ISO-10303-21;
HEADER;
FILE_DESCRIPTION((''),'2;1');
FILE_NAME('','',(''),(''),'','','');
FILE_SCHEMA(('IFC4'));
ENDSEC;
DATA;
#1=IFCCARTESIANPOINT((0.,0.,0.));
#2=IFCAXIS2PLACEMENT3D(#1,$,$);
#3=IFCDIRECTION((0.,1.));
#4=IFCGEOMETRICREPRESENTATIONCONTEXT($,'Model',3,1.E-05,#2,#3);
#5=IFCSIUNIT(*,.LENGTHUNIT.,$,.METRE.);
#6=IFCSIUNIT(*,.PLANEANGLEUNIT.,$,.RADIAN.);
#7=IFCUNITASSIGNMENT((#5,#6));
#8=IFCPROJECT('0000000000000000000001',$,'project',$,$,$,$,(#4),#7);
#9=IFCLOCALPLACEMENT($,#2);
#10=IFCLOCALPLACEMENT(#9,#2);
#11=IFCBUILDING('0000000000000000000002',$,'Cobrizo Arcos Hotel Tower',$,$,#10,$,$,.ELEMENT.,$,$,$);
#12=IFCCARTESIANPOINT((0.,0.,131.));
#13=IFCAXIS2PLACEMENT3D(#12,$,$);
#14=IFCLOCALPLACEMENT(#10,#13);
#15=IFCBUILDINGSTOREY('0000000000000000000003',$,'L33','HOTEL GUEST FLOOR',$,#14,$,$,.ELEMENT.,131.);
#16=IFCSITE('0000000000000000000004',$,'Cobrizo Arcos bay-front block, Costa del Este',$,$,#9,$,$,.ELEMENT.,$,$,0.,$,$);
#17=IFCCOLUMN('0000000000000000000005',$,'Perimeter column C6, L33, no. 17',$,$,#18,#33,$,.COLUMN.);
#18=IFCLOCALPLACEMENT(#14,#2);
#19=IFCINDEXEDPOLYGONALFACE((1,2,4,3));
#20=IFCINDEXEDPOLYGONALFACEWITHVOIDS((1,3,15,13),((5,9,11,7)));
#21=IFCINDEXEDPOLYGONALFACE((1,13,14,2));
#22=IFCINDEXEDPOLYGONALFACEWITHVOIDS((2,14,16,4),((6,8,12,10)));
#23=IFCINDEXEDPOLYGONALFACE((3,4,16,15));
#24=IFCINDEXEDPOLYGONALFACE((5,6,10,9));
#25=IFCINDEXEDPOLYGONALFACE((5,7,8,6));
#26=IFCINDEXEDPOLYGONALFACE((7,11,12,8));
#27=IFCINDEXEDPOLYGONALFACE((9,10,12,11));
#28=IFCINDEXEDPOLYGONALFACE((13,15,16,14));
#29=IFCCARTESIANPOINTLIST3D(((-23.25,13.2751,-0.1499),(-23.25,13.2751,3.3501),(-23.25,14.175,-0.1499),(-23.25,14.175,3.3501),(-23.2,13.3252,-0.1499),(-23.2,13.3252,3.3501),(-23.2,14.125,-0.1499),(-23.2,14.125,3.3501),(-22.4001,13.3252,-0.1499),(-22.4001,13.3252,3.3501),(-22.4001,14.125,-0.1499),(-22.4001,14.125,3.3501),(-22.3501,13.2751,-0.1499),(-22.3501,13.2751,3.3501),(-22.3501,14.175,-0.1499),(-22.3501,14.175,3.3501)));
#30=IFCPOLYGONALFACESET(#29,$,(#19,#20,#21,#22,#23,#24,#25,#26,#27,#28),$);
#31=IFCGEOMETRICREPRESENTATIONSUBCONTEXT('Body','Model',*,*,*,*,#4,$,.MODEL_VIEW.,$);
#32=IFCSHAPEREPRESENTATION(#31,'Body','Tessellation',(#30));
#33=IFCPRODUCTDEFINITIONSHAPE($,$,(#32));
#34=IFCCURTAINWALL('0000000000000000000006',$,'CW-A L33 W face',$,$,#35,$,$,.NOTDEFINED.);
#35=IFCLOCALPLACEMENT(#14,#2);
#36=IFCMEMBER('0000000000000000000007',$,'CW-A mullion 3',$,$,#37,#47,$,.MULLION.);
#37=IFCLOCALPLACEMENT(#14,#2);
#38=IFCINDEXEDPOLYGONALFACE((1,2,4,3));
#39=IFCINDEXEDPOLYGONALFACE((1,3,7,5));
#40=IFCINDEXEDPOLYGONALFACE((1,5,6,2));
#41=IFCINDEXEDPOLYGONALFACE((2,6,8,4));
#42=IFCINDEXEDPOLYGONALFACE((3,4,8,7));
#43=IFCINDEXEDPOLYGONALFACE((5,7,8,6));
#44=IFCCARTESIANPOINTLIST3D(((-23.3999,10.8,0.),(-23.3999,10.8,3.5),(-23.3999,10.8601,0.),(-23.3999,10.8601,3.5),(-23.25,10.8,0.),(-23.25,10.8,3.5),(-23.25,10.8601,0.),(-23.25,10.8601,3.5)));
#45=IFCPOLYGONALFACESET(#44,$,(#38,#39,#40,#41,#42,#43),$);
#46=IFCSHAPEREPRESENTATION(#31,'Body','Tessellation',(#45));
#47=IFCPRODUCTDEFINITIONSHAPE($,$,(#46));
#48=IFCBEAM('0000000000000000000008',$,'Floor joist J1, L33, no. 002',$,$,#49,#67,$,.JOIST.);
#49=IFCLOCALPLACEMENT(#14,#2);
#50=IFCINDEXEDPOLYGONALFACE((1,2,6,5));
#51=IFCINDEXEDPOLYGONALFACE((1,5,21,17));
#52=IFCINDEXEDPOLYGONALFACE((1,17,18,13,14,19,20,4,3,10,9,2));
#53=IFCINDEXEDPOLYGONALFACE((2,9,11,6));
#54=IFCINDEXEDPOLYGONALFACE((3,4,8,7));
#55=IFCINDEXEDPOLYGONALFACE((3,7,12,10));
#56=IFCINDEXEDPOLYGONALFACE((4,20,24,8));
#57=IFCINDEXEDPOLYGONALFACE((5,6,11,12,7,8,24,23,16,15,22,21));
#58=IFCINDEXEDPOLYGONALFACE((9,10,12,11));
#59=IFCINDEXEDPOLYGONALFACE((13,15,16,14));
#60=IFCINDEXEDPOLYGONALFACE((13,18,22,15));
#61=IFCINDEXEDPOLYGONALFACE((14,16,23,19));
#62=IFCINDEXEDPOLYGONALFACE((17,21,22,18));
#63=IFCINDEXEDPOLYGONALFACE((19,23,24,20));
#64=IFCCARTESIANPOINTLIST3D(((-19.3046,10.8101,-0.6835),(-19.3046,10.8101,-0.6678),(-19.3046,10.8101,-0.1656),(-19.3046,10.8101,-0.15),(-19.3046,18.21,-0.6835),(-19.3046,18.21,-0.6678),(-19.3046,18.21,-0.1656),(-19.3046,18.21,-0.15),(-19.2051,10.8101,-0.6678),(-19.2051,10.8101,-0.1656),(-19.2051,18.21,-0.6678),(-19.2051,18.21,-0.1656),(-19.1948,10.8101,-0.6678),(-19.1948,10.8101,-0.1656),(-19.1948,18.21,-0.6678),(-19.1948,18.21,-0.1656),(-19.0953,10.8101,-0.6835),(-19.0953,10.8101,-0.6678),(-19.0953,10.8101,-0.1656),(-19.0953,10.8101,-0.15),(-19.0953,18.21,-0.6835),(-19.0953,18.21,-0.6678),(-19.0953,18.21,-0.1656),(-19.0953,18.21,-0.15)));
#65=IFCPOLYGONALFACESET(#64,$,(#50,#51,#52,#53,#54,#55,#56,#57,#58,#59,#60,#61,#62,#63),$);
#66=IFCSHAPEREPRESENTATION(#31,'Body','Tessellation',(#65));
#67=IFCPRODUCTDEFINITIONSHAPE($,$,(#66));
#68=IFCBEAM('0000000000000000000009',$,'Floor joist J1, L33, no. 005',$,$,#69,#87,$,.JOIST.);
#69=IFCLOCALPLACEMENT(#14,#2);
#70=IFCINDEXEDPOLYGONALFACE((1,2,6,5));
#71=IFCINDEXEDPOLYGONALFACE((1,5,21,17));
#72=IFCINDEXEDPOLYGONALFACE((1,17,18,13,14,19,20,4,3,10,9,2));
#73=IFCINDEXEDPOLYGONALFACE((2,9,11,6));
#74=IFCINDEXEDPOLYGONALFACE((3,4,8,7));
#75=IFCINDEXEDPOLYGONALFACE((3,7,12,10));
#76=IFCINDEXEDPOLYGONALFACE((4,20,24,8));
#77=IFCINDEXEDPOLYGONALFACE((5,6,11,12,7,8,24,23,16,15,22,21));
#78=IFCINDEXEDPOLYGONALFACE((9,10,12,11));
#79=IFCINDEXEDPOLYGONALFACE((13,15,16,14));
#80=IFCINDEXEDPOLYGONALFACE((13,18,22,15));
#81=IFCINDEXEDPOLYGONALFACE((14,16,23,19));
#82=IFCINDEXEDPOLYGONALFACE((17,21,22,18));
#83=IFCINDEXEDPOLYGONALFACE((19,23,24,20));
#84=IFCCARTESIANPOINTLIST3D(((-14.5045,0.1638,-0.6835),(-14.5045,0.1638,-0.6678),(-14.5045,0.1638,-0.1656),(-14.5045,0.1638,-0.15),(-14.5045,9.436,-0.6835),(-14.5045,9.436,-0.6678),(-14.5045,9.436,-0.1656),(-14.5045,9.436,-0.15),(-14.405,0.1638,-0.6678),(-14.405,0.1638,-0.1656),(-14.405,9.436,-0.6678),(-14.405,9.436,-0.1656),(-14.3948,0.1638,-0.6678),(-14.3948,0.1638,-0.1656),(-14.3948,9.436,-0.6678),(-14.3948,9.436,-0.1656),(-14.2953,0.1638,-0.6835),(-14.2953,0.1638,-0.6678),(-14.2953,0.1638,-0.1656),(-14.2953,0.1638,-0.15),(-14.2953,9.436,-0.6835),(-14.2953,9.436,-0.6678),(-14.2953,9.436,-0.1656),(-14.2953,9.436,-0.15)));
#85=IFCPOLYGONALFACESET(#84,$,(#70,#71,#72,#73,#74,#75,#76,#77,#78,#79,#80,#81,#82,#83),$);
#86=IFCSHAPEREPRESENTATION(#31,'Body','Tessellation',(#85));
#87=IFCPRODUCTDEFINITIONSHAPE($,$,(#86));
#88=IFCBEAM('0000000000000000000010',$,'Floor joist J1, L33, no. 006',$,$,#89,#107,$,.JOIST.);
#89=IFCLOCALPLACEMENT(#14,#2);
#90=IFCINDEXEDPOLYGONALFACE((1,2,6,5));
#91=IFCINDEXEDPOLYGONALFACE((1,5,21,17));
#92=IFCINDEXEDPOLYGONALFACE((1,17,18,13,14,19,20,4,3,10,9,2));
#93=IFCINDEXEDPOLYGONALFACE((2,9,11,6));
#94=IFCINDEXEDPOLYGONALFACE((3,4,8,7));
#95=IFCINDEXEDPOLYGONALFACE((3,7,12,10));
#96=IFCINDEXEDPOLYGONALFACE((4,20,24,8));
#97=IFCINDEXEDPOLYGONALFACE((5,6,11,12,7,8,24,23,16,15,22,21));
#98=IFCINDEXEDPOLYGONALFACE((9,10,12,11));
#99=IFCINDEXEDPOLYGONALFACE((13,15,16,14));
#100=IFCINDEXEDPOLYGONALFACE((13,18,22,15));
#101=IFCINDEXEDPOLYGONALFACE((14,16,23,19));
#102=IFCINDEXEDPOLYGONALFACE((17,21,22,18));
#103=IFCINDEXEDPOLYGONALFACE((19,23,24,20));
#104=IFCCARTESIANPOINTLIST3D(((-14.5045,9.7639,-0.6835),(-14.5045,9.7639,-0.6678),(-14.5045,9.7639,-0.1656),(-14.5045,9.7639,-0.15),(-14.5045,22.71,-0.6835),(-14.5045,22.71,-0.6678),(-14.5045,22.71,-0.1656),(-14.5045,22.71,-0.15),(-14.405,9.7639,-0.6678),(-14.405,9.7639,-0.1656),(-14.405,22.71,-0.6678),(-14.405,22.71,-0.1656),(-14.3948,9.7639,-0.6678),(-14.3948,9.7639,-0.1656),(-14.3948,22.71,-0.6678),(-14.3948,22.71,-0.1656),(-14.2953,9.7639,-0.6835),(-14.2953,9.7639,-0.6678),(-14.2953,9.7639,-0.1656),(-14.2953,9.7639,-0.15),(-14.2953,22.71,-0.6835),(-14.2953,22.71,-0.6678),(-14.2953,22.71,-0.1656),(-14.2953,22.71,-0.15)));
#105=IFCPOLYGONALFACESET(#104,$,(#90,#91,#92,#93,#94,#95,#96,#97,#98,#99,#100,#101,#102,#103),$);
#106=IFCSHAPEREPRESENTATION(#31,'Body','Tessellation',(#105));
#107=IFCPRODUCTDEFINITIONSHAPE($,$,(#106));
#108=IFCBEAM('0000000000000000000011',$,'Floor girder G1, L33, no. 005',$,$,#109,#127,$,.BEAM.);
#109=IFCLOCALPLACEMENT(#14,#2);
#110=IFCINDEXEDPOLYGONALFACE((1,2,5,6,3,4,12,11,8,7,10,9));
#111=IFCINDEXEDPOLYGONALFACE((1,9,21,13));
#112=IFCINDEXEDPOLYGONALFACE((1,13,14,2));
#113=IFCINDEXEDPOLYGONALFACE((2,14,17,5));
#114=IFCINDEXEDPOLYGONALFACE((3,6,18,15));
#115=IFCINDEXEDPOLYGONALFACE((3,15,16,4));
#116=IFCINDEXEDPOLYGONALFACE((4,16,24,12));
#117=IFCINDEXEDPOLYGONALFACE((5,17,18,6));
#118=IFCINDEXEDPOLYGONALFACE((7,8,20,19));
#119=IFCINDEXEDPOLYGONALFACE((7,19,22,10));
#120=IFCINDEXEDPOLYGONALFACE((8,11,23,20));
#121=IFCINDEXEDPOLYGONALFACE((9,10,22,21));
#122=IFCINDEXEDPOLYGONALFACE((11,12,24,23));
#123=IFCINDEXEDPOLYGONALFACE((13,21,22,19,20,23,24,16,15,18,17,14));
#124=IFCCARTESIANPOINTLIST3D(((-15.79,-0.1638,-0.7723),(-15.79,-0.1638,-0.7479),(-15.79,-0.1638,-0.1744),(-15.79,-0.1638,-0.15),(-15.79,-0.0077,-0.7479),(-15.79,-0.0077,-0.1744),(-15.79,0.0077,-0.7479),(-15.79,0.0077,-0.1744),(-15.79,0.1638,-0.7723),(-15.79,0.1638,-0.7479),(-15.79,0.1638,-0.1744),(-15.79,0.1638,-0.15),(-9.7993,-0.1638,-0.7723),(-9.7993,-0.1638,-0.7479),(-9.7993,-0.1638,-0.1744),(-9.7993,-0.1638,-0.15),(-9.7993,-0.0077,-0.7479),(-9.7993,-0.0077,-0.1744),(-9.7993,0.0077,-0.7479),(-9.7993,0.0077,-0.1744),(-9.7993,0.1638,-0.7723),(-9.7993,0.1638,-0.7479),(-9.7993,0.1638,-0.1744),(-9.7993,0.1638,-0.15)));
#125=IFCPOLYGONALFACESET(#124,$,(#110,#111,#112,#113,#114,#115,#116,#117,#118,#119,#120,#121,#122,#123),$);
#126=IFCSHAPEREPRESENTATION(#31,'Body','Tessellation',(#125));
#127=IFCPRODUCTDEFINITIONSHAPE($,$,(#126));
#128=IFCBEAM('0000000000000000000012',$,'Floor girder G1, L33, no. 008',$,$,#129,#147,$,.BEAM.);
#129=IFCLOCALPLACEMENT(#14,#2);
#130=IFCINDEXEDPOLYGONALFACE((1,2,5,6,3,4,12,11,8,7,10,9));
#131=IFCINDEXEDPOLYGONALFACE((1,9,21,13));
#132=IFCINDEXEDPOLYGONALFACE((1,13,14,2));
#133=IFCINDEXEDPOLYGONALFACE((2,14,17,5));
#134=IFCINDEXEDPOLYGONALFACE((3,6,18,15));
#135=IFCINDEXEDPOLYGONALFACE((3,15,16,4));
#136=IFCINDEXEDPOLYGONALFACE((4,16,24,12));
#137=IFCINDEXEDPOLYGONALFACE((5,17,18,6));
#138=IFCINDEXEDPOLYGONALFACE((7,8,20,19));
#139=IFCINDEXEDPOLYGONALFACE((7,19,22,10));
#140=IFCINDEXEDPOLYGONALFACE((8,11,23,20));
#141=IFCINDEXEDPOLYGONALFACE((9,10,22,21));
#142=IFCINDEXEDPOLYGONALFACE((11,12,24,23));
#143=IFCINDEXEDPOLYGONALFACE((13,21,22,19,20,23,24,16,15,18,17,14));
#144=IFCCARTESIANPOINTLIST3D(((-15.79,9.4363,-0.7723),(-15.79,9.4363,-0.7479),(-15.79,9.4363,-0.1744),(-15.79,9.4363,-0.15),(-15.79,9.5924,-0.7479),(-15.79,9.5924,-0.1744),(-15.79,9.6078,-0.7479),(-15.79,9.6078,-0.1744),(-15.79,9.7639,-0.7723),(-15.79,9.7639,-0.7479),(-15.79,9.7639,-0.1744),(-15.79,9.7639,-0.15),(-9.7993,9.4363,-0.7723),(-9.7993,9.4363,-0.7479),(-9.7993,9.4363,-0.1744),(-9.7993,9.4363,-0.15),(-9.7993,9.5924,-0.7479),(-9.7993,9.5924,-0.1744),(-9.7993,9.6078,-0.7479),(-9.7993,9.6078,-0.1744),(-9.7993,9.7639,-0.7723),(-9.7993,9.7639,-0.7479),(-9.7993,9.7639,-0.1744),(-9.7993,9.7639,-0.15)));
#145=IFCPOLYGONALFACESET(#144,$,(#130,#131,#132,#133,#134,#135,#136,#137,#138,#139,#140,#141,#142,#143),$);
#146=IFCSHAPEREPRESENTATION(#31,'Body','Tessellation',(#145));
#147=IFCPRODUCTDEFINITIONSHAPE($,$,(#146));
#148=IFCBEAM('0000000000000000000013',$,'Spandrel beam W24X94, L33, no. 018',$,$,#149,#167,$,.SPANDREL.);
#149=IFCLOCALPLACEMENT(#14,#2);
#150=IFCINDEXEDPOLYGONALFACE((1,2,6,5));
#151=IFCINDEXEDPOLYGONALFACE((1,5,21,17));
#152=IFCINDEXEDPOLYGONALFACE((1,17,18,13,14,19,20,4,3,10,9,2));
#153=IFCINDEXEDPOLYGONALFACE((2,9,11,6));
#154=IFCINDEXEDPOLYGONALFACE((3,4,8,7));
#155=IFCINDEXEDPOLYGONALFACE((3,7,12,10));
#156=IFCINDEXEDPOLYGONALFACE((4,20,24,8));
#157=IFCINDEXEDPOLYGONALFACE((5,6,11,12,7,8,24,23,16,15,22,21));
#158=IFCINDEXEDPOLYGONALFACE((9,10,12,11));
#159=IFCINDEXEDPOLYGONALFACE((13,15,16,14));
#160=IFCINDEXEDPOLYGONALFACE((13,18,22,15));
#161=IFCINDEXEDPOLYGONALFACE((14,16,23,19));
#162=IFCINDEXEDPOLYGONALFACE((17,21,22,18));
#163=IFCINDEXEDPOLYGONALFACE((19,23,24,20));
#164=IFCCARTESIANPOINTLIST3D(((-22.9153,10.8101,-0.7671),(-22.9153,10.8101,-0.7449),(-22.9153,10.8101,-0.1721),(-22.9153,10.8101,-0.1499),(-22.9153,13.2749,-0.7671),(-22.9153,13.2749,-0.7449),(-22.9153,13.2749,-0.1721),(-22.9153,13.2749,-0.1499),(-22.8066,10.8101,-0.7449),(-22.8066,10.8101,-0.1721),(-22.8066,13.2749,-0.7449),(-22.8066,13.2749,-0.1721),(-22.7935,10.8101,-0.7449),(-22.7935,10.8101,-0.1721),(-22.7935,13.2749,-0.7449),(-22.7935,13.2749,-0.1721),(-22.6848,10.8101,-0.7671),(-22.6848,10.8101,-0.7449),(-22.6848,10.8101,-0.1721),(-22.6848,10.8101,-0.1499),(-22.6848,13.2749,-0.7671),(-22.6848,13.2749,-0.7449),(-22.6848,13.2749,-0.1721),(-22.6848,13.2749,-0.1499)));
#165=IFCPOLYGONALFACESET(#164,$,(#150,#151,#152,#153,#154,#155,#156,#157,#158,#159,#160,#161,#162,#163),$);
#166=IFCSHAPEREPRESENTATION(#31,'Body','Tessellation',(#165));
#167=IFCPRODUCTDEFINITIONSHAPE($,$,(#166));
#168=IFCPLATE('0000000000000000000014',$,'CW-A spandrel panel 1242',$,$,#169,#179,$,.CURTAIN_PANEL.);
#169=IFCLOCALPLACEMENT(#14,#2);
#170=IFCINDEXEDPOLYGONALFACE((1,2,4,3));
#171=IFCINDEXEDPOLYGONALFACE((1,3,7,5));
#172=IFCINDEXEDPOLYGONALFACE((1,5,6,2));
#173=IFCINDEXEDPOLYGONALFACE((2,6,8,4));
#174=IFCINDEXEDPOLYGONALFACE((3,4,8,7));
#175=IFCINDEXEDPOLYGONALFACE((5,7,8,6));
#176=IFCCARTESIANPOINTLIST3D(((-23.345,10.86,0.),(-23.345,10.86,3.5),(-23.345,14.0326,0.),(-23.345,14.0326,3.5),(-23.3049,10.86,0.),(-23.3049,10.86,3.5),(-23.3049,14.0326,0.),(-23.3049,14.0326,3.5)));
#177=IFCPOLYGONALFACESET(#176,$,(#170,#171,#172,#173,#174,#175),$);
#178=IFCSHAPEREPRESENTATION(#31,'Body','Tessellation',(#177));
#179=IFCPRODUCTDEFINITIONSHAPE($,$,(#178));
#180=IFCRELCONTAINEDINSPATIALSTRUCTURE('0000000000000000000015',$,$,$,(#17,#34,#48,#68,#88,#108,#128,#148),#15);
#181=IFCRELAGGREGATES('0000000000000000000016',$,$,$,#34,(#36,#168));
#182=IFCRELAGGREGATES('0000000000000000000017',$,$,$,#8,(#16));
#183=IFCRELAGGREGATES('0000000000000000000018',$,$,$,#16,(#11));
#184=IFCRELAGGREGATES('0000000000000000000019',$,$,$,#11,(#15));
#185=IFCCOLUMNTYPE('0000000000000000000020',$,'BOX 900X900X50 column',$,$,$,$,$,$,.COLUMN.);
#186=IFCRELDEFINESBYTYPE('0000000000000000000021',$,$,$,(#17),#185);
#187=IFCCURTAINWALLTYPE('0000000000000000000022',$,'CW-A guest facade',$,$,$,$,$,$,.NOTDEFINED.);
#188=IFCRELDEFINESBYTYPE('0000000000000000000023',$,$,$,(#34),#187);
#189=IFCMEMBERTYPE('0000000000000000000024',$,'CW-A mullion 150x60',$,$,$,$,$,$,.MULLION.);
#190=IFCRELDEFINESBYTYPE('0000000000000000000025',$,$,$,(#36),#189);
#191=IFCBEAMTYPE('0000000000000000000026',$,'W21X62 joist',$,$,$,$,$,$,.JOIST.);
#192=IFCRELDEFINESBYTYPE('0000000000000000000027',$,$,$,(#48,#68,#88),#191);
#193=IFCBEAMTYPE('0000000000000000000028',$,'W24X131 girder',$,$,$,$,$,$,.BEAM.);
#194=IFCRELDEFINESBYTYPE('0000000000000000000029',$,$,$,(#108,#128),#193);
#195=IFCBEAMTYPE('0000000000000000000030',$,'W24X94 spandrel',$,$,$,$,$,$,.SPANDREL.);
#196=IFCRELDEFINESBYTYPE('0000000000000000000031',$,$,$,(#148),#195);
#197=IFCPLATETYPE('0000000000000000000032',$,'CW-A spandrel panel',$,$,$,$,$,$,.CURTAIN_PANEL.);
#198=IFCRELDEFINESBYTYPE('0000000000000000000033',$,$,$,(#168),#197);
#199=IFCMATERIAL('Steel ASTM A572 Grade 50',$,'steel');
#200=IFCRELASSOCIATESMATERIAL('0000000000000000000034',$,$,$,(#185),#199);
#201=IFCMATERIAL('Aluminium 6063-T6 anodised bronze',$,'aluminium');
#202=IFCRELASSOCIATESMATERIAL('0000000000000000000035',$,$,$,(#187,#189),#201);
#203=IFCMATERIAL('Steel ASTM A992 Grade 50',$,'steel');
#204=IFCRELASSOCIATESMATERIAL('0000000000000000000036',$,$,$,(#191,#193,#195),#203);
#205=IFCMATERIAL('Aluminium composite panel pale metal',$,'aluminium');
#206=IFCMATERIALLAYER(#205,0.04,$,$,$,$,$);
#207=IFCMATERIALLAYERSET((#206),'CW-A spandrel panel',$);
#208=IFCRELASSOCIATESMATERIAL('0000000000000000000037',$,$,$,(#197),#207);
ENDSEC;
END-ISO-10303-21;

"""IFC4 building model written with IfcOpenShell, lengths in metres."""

from ifc_helpers import new_model, si_unit, direction, frame, origin, origin_2d, place, context, subcontext, project, spatial, rectangle, hollow_rectangle, i_section, extrude, material, layer, layer_set, material_profile, profile_set, type_object, element, aggregate, save


model = new_model("IFC4")

# Units and contexts
model_context = context("Model", 3, precision=1e-05, world=origin(), true_north=direction((0.0, 1.0)))
body_context = subcontext(model_context, "Body", "Model", "MODEL_VIEW")
ifc_project = project(units=[si_unit("LENGTHUNIT", "METRE"), si_unit("PLANEANGLEUNIT", "RADIAN")], contexts=[model_context])

# Site, building, storey
site_placement = place(None, origin())
site = spatial("IfcSite", under=ifc_project, at=site_placement, Name="Cobrizo Arcos bay-front block, Costa del Este", CompositionType="ELEMENT", RefElevation=0.0)
building_placement = place(site_placement, origin())
building = spatial("IfcBuilding", under=site, at=building_placement, Name="Cobrizo Arcos Hotel Tower", CompositionType="ELEMENT")
storey_placement = place(building_placement, frame((0.0, 0.0, 131.0)))
storey = spatial("IfcBuildingStorey", under=building, at=storey_placement, Name="L33", Description="HOTEL GUEST FLOOR", CompositionType="ELEMENT", Elevation=131.0)

# Column
ifc_material_1 = material(Name="Steel ASTM A572 Grade 50", Category="steel")
ifc_material_profile_1 = material_profile(ifc_material_1, hollow_rectangle(XDim=0.8999, YDim=0.8999, WallThickness=0.05, at=origin_2d()), Name="BOX 900X900X50")
ifc_profile_set_1 = profile_set([ifc_material_profile_1], Name="Steel ASTM A572 Grade 50")
column_type = type_object("IfcColumnType", Name="BOX 900X900X50 column", PredefinedType="COLUMN", material=ifc_profile_set_1)
column_placement = place(storey_placement, frame((-22.8, 13.7251, -0.1499), z_axis=(0.0, 0.0, 1.0), x_axis=(1.0, 0.0, 0.0)))
element("IfcColumn", 1, at=column_placement, inside=storey, type_object=column_type, Name="Perimeter column C6, L33, no. 17", PredefinedType="COLUMN", context=body_context, shape_type="SweptSolid", body=[
    extrude(hollow_rectangle(XDim=0.8999, YDim=0.8999, WallThickness=0.05, at=origin_2d()), origin(), (0.0, 0.0, 1.0), 3.5),
])

# Curtain wall, member
ifc_material_2 = material(Name="Aluminium 6063-T6 anodised bronze", Category="aluminium")
curtain_wall_type = type_object("IfcCurtainWallType", Name="CW-A guest facade", PredefinedType="NOTDEFINED", material=ifc_material_2)
curtain_wall_placement = place(storey_placement, origin())
curtain_wall = element("IfcCurtainWall", 2, at=curtain_wall_placement, inside=storey, type_object=curtain_wall_type, Name="CW-A L33 W face", PredefinedType="NOTDEFINED")
ifc_material_profile_2 = material_profile(ifc_material_2, rectangle(XDim=0.1499, YDim=0.0601, at=origin_2d()), Name="CW-A mullion 150x60")
ifc_profile_set_2 = profile_set([ifc_material_profile_2], Name="Aluminium 6063-T6 anodised bronze")
member_type = type_object("IfcMemberType", Name="CW-A mullion 150x60", PredefinedType="MULLION", material=ifc_profile_set_2)
member_placement = place(storey_placement, frame((-23.325, 10.8301, 0.0), z_axis=(0.0, 0.0, 1.0), x_axis=(-1.0, 0.0, 0.0)))
member = element("IfcMember", 3, at=member_placement, type_object=member_type, Name="CW-A mullion 3", PredefinedType="MULLION", context=body_context, shape_type="SweptSolid", body=[
    extrude(rectangle(XDim=0.1499, YDim=0.0601, at=origin_2d()), origin(), (0.0, 0.0, 1.0), 3.5),
])

# Beams
ifc_material_3 = material(Name="Steel ASTM A992 Grade 50", Category="steel")
ifc_material_profile_3 = material_profile(ifc_material_3, i_section(OverallWidth=0.2092, OverallDepth=0.5334, WebThickness=0.0103, FlangeThickness=0.0156, at=origin_2d()), Name="W21X62")
ifc_profile_set_3 = profile_set([ifc_material_profile_3], Name="Steel ASTM A992 Grade 50")
beam_type_1 = type_object("IfcBeamType", Name="W21X62 joist", PredefinedType="JOIST", material=ifc_profile_set_3)
beam_1_placement = place(storey_placement, frame((-19.2, 10.8101, -0.4167), z_axis=(0.0, 1.0, 0.0), x_axis=(-1.0, 0.0, 0.0)))
element("IfcBeam", 4, at=beam_1_placement, inside=storey, type_object=beam_type_1, Name="Floor joist J1, L33, no. 002", PredefinedType="JOIST", context=body_context, shape_type="SweptSolid", body=[
    extrude(i_section(OverallWidth=0.2092, OverallDepth=0.5334, WebThickness=0.0103, FlangeThickness=0.0156, at=origin_2d()), origin(), (0.0, 0.0, 1.0), 7.3999),
])
beam_2_placement = place(storey_placement, frame((-14.3999, 0.1638, -0.4167), z_axis=(0.0, 1.0, 0.0), x_axis=(-1.0, 0.0, 0.0)))
element("IfcBeam", 5, at=beam_2_placement, inside=storey, type_object=beam_type_1, Name="Floor joist J1, L33, no. 005", PredefinedType="JOIST", context=body_context, shape_type="SweptSolid", body=[
    extrude(i_section(OverallWidth=0.2092, OverallDepth=0.5334, WebThickness=0.0103, FlangeThickness=0.0156, at=origin_2d()), origin(), (0.0, 0.0, 1.0), 9.2722),
])
beam_3_placement = place(storey_placement, frame((-14.3999, 9.7639, -0.4167), z_axis=(0.0, 1.0, 0.0), x_axis=(-1.0, 0.0, 0.0)))
element("IfcBeam", 6, at=beam_3_placement, inside=storey, type_object=beam_type_1, Name="Floor joist J1, L33, no. 006", PredefinedType="JOIST", context=body_context, shape_type="SweptSolid", body=[
    extrude(i_section(OverallWidth=0.2092, OverallDepth=0.5334, WebThickness=0.0103, FlangeThickness=0.0156, at=origin_2d()), origin(), (0.0, 0.0, 1.0), 12.946),
])
ifc_material_profile_4 = material_profile(ifc_material_3, i_section(OverallWidth=0.3276, OverallDepth=0.6223, WebThickness=0.0154, FlangeThickness=0.0244, at=origin_2d()), Name="W24X131")
ifc_profile_set_4 = profile_set([ifc_material_profile_4], Name="Steel ASTM A992 Grade 50")
beam_type_2 = type_object("IfcBeamType", Name="W24X131 girder", PredefinedType="BEAM", material=ifc_profile_set_4)
for number, where, z_axis, x_axis, name in (
    (7, (-15.79, 0.0, -0.4612), (1.0, 0.0, 0.0), (0.0, 1.0, 0.0), "Floor girder G1, L33, no. 005"),
    (8, (-15.79, 9.6001, -0.4612), (1.0, 0.0, 0.0), (0.0, 1.0, 0.0), "Floor girder G1, L33, no. 008"),
):
    element("IfcBeam", number, at=place(storey_placement, frame(where, z_axis=z_axis, x_axis=x_axis)), inside=storey, type_object=beam_type_2, Name=name, PredefinedType="BEAM", context=body_context, shape_type="SweptSolid", body=[
        extrude(i_section(OverallWidth=0.3276, OverallDepth=0.6223, WebThickness=0.0154, FlangeThickness=0.0244, at=origin_2d()), origin(), (0.0, 0.0, 1.0), 5.9907),
    ])
ifc_material_profile_5 = material_profile(ifc_material_3, i_section(OverallWidth=0.2305, OverallDepth=0.6172, WebThickness=0.0132, FlangeThickness=0.0222, at=origin_2d()), Name="W24X94")
ifc_profile_set_5 = profile_set([ifc_material_profile_5], Name="Steel ASTM A992 Grade 50")
beam_type_3 = type_object("IfcBeamType", Name="W24X94 spandrel", PredefinedType="SPANDREL", material=ifc_profile_set_5)
beam_4_placement = place(storey_placement, frame((-22.8, 10.8101, -0.4585), z_axis=(0.0, 1.0, 0.0), x_axis=(-1.0, 0.0, 0.0)))
element("IfcBeam", 9, at=beam_4_placement, inside=storey, type_object=beam_type_3, Name="Spandrel beam W24X94, L33, no. 018", PredefinedType="SPANDREL", context=body_context, shape_type="SweptSolid", body=[
    extrude(i_section(OverallWidth=0.2305, OverallDepth=0.6172, WebThickness=0.0132, FlangeThickness=0.0222, at=origin_2d()), origin(), (0.0, 0.0, 1.0), 2.4648),
])

# Plate
ifc_material_4 = material(Name="Aluminium composite panel pale metal", Category="aluminium")
ifc_layer_1 = layer(ifc_material_4, 0.04)
ifc_layer_set_1 = layer_set([ifc_layer_1], Name="CW-A spandrel panel")
plate_type = type_object("IfcPlateType", Name="CW-A spandrel panel", PredefinedType="CURTAIN_PANEL", material=ifc_layer_set_1)
plate_placement = place(storey_placement, frame((-23.325, 12.4463, 0.0), z_axis=(0.0, 0.0, 1.0), x_axis=(0.0, -1.0, 0.0)))
plate = element("IfcPlate", 10, at=plate_placement, type_object=plate_type, Name="CW-A spandrel panel 1242", PredefinedType="CURTAIN_PANEL", context=body_context, shape_type="SweptSolid", body=[
    extrude(rectangle(XDim=3.1726, YDim=0.04, at=origin_2d()), origin(), (0.0, 0.0, 1.0), 3.5),
])
aggregate(curtain_wall, [member, plate])

save(model, "model.ifc")
